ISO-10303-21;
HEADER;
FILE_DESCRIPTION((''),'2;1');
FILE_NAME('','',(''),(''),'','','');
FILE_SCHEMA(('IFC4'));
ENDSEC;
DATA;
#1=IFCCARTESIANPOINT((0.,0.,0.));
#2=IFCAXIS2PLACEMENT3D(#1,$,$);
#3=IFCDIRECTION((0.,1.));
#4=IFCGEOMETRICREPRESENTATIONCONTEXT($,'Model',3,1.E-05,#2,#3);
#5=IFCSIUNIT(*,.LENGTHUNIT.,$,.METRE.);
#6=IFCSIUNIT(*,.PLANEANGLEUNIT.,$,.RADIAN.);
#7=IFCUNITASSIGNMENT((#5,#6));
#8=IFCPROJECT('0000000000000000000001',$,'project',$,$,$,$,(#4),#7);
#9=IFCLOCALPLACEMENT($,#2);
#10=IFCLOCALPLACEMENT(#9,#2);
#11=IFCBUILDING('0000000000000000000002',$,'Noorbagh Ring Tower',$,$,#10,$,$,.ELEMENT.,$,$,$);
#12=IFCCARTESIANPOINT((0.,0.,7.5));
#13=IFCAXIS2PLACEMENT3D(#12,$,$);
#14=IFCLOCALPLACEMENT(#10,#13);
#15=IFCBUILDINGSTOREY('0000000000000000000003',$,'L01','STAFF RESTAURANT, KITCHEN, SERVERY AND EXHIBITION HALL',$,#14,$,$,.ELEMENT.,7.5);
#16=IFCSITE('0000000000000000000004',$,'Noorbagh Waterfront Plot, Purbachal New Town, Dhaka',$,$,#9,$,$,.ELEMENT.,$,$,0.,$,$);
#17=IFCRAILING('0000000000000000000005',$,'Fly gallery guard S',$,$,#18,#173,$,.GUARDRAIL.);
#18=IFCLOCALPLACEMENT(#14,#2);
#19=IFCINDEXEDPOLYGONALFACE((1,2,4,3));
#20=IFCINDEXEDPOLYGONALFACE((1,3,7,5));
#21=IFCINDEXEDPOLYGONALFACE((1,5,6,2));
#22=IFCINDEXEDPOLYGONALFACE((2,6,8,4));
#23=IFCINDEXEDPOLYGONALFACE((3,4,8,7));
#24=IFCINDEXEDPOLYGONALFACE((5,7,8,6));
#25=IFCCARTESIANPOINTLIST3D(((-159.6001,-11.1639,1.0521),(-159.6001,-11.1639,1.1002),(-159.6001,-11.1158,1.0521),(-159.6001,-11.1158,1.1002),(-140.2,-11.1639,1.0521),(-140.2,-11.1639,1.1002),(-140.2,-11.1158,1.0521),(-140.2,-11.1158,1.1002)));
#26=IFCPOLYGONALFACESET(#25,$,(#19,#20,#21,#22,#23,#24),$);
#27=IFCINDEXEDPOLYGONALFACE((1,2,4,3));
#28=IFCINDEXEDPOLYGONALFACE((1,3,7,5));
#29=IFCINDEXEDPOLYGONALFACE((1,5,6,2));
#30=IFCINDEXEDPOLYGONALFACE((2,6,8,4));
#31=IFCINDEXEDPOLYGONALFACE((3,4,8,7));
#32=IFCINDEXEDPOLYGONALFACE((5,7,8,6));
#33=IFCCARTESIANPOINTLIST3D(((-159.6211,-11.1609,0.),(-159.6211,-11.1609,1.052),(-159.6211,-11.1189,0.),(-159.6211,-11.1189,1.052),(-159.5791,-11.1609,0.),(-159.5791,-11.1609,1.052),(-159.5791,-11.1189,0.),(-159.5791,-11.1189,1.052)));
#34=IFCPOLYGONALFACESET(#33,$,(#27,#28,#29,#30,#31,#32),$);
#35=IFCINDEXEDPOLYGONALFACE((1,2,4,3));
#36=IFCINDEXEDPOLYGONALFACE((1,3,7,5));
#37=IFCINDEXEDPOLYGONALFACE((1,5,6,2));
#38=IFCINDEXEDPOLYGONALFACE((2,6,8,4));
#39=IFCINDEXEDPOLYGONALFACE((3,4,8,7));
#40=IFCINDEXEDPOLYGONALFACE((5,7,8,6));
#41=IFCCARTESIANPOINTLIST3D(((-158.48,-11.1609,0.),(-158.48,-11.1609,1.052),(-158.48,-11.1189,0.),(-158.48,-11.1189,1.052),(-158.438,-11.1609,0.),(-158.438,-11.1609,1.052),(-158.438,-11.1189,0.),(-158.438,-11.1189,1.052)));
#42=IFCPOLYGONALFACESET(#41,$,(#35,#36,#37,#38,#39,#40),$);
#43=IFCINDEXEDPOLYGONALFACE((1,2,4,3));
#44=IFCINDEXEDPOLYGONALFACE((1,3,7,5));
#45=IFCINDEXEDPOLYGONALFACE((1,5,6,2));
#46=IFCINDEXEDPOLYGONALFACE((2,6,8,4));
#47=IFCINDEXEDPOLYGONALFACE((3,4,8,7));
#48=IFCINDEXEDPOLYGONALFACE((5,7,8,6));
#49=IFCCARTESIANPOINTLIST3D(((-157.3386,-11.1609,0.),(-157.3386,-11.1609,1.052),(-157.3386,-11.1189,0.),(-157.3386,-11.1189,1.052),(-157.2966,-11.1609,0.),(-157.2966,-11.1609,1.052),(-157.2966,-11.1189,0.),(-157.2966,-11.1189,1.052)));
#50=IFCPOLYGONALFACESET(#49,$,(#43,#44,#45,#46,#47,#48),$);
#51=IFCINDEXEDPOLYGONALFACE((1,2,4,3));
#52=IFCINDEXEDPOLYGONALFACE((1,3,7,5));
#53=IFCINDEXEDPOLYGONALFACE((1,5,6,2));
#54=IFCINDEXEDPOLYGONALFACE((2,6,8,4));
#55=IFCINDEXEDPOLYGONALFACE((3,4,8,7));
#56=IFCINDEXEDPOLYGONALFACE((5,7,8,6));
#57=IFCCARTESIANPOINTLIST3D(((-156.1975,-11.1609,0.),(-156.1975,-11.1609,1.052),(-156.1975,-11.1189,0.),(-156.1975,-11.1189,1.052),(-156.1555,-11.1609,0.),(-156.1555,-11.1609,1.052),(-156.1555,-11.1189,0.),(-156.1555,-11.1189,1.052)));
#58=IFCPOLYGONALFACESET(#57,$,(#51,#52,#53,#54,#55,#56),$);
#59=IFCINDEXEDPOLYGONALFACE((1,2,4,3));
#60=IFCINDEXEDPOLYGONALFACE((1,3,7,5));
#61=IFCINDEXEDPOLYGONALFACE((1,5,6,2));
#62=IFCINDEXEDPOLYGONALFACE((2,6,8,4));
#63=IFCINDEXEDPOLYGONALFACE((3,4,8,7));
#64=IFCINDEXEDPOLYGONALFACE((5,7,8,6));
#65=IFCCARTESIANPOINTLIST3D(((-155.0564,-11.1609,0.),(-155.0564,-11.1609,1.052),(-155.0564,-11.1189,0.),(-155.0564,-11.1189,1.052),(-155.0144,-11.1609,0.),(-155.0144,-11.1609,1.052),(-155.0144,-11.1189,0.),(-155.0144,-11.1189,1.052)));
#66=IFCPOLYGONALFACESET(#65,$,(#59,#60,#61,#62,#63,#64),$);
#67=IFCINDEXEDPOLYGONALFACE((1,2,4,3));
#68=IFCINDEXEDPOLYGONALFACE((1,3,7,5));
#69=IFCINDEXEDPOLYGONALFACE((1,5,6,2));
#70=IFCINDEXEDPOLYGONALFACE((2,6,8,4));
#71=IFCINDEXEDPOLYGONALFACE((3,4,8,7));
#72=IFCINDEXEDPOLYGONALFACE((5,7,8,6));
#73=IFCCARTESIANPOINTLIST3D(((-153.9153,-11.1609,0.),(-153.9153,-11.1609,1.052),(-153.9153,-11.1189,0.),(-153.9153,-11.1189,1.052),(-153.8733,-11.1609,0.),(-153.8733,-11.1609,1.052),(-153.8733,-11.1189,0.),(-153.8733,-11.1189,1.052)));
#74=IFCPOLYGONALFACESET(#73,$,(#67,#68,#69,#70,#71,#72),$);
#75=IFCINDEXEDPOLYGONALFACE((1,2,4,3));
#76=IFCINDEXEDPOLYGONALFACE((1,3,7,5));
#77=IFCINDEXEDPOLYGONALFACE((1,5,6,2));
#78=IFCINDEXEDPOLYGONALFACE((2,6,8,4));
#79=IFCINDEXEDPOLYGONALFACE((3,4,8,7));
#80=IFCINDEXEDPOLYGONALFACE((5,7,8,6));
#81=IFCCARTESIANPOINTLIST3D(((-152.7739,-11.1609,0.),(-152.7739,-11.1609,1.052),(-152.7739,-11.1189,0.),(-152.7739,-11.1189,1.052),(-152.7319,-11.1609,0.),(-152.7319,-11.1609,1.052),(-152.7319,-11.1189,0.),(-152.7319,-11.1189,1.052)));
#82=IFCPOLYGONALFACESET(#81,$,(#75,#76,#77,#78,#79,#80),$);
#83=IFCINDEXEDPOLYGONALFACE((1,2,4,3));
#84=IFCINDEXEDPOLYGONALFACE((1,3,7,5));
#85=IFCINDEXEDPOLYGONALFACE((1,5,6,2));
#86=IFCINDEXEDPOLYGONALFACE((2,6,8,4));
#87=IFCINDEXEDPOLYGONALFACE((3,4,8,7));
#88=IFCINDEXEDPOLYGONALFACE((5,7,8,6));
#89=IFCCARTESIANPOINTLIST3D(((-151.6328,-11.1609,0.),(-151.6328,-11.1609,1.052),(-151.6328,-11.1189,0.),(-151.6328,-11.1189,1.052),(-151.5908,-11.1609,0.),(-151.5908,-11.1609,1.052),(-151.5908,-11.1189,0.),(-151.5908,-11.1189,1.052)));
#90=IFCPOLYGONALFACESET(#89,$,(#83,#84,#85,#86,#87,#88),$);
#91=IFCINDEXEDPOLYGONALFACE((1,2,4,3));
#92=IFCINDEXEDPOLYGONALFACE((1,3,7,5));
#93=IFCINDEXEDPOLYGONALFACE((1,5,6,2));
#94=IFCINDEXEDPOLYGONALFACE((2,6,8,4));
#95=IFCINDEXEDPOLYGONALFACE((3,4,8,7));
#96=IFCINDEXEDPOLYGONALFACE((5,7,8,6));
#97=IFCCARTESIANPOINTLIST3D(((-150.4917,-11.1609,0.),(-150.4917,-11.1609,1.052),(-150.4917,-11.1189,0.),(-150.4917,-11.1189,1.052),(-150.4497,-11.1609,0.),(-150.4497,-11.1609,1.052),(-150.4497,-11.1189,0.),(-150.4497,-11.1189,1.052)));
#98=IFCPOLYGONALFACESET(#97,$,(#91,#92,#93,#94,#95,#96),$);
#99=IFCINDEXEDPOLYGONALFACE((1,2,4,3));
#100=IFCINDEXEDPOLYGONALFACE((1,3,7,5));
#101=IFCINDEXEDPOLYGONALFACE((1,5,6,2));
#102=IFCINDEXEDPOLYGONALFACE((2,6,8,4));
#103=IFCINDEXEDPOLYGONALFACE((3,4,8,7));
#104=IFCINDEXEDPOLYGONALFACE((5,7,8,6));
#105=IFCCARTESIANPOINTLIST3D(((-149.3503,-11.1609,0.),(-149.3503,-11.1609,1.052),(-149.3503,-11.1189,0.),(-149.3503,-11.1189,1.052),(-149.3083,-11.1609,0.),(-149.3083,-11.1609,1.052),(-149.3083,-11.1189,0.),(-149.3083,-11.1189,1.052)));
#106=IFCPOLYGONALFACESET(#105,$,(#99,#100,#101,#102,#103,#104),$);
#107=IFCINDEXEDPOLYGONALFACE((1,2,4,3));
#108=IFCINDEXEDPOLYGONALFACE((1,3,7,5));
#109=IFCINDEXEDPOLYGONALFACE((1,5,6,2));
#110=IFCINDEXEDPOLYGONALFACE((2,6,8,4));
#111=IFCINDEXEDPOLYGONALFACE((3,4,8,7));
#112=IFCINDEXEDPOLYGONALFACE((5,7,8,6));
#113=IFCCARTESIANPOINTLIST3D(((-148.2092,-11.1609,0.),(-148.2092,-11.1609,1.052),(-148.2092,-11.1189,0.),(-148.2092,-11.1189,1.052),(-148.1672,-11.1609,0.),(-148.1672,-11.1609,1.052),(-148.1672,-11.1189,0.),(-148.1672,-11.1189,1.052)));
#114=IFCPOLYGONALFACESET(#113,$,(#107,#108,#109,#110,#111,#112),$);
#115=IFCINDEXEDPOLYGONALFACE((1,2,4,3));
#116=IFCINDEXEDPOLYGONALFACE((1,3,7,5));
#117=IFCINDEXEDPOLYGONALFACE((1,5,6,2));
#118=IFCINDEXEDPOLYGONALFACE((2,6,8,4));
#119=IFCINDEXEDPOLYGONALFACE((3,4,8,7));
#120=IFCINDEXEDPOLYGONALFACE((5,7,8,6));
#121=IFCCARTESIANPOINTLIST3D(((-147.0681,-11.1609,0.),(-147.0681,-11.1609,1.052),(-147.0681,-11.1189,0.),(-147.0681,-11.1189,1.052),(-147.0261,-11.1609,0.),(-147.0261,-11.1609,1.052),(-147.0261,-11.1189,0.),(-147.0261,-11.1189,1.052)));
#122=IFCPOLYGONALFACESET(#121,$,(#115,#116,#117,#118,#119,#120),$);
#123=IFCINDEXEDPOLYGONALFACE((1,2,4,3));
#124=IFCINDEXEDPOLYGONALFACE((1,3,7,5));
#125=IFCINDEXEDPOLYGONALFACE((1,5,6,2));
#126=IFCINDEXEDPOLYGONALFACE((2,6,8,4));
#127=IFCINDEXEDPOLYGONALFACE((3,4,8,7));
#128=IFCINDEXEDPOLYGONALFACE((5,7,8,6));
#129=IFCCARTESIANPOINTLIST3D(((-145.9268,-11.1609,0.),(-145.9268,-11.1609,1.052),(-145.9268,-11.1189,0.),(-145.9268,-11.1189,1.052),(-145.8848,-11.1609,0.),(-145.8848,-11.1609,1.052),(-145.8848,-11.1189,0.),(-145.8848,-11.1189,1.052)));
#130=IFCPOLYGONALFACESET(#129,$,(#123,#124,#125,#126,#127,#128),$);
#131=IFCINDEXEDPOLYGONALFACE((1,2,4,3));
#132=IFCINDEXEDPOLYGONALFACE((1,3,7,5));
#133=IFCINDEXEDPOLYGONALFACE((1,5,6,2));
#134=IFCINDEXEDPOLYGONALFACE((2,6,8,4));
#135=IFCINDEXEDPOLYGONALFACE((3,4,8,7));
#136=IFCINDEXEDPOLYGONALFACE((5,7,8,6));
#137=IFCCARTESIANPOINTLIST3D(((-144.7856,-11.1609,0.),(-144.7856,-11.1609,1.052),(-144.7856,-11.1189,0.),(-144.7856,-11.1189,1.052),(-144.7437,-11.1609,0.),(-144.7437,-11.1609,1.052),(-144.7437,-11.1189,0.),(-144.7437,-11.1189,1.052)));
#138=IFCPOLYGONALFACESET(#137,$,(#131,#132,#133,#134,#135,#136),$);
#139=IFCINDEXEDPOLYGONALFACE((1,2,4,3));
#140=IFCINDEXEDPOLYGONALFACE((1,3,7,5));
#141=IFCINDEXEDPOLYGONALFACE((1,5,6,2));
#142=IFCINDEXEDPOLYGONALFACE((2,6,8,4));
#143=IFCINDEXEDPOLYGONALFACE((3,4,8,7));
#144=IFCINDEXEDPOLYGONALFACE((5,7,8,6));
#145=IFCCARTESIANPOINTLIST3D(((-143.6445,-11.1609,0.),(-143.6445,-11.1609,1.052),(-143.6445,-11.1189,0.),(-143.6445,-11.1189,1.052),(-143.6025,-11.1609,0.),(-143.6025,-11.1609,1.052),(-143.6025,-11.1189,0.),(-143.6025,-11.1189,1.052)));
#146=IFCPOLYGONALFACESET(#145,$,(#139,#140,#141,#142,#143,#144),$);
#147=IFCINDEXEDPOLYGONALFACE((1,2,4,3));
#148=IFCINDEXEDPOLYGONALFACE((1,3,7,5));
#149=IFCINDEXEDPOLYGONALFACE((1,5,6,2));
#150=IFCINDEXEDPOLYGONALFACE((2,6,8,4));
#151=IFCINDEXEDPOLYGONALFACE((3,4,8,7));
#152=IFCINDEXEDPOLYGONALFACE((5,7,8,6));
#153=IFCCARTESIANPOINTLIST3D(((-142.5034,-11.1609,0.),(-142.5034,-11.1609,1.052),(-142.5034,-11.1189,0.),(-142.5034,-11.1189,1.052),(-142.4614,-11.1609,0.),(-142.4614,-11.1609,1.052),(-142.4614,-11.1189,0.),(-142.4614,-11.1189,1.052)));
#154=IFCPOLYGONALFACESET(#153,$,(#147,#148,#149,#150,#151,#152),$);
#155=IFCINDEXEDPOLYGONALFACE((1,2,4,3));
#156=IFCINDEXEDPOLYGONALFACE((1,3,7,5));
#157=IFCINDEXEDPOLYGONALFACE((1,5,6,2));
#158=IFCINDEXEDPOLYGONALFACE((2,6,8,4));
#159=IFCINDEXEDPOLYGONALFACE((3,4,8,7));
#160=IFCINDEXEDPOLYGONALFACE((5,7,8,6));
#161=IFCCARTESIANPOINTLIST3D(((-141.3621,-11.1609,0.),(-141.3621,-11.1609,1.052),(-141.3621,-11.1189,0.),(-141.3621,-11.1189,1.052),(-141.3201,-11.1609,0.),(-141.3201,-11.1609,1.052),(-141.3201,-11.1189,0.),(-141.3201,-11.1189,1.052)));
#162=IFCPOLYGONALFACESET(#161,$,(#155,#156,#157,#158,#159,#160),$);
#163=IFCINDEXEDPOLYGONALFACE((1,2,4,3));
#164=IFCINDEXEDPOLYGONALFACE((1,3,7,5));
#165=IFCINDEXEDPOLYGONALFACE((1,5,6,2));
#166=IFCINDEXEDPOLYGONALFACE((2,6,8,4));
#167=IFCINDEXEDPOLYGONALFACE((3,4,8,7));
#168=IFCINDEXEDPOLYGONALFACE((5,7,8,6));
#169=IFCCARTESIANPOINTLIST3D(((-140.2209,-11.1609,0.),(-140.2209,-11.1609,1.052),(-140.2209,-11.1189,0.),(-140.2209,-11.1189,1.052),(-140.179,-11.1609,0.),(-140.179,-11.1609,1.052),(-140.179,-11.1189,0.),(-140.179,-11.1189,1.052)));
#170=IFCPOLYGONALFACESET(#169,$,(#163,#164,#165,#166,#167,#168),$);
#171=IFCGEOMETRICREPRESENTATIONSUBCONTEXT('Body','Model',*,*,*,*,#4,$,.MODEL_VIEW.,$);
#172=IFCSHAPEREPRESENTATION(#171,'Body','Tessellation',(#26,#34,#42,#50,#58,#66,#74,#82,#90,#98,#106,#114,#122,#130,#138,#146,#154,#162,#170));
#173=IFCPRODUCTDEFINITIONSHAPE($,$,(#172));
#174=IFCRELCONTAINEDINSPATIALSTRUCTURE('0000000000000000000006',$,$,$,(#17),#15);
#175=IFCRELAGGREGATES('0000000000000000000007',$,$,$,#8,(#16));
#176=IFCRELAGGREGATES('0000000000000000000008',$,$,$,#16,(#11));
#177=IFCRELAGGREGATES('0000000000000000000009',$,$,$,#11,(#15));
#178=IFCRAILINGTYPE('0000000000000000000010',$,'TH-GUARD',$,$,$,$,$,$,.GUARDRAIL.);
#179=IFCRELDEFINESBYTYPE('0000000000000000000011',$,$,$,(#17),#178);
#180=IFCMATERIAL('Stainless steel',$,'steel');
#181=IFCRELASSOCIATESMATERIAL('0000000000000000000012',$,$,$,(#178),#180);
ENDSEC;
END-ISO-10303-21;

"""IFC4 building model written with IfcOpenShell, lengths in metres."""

from ifc_helpers import new_model, si_unit, direction, frame, origin, origin_2d, place, context, subcontext, project, spatial, rectangle, extrude, material, type_object, element, save


model = new_model("IFC4")

# Units and contexts
model_context = context("Model", 3, precision=1e-05, world=origin(), true_north=direction((0.0, 1.0)))
body_context = subcontext(model_context, "Body", "Model", "MODEL_VIEW")
ifc_project = project(units=[si_unit("LENGTHUNIT", "METRE"), si_unit("PLANEANGLEUNIT", "RADIAN")], contexts=[model_context])

# Site, building, storey
site_placement = place(None, origin())
site = spatial("IfcSite", under=ifc_project, at=site_placement, Name="Noorbagh Waterfront Plot, Purbachal New Town, Dhaka", CompositionType="ELEMENT", RefElevation=0.0)
building_placement = place(site_placement, origin())
building = spatial("IfcBuilding", under=site, at=building_placement, Name="Noorbagh Ring Tower", CompositionType="ELEMENT")
storey_placement = place(building_placement, frame((0.0, 0.0, 7.5)))
storey = spatial("IfcBuildingStorey", under=building, at=storey_placement, Name="L01", Description="STAFF RESTAURANT, KITCHEN, SERVERY AND EXHIBITION HALL", CompositionType="ELEMENT", Elevation=7.5)

# Railing
ifc_material_1 = material(Name="Stainless steel", Category="steel")
railing_type = type_object("IfcRailingType", Name="TH-GUARD", PredefinedType="GUARDRAIL", material=ifc_material_1)
railing_placement = place(storey_placement, frame((-159.6001, -11.1399, 0.0)))
element("IfcRailing", 1, at=railing_placement, inside=storey, type_object=railing_type, Name="Fly gallery guard S", PredefinedType="GUARDRAIL", context=body_context, shape_type="SweptSolid", body=[
    extrude(rectangle(XDim=0.0481, YDim=0.0481, at=origin_2d()), frame((0.0, 0.0, 1.0762), z_axis=(1.0, 0.0, 0.0), x_axis=(0.0, 1.0, 0.0)), (0.0, 0.0, 1.0), 19.4001),
    extrude(rectangle(XDim=0.042, YDim=0.042, at=origin_2d()), origin(), (0.0, 0.0, 1.0), 1.052),
    extrude(rectangle(XDim=0.042, YDim=0.042, at=origin_2d()), frame((1.1411, 0.0, 0.0)), (0.0, 0.0, 1.0), 1.052),
    extrude(rectangle(XDim=0.042, YDim=0.042, at=origin_2d()), frame((2.2825, 0.0, 0.0)), (0.0, 0.0, 1.0), 1.052),
    extrude(rectangle(XDim=0.042, YDim=0.042, at=origin_2d()), frame((3.4236, 0.0, 0.0)), (0.0, 0.0, 1.0), 1.052),
    extrude(rectangle(XDim=0.042, YDim=0.042, at=origin_2d()), frame((4.5647, 0.0, 0.0)), (0.0, 0.0, 1.0), 1.052),
    extrude(rectangle(XDim=0.042, YDim=0.042, at=origin_2d()), frame((5.7058, 0.0, 0.0)), (0.0, 0.0, 1.0), 1.052),
    extrude(rectangle(XDim=0.042, YDim=0.042, at=origin_2d()), frame((6.8472, 0.0, 0.0)), (0.0, 0.0, 1.0), 1.052),
    extrude(rectangle(XDim=0.042, YDim=0.042, at=origin_2d()), frame((7.9883, 0.0, 0.0)), (0.0, 0.0, 1.0), 1.052),
    extrude(rectangle(XDim=0.042, YDim=0.042, at=origin_2d()), frame((9.1294, 0.0, 0.0)), (0.0, 0.0, 1.0), 1.052),
    extrude(rectangle(XDim=0.042, YDim=0.042, at=origin_2d()), frame((10.2708, 0.0, 0.0)), (0.0, 0.0, 1.0), 1.052),
    extrude(rectangle(XDim=0.042, YDim=0.042, at=origin_2d()), frame((11.4119, 0.0, 0.0)), (0.0, 0.0, 1.0), 1.052),
    extrude(rectangle(XDim=0.042, YDim=0.042, at=origin_2d()), frame((12.553, 0.0, 0.0)), (0.0, 0.0, 1.0), 1.052),
    extrude(rectangle(XDim=0.042, YDim=0.042, at=origin_2d()), frame((13.6943, 0.0, 0.0)), (0.0, 0.0, 1.0), 1.052),
    extrude(rectangle(XDim=0.042, YDim=0.042, at=origin_2d()), frame((14.8354, 0.0, 0.0)), (0.0, 0.0, 1.0), 1.052),
    extrude(rectangle(XDim=0.042, YDim=0.042, at=origin_2d()), frame((15.9766, 0.0, 0.0)), (0.0, 0.0, 1.0), 1.052),
    extrude(rectangle(XDim=0.042, YDim=0.042, at=origin_2d()), frame((17.1177, 0.0, 0.0)), (0.0, 0.0, 1.0), 1.052),
    extrude(rectangle(XDim=0.042, YDim=0.042, at=origin_2d()), frame((18.259, 0.0, 0.0)), (0.0, 0.0, 1.0), 1.052),
    extrude(rectangle(XDim=0.042, YDim=0.042, at=origin_2d()), frame((19.4001, 0.0, 0.0)), (0.0, 0.0, 1.0), 1.052),
])

save(model, "model.ifc")
